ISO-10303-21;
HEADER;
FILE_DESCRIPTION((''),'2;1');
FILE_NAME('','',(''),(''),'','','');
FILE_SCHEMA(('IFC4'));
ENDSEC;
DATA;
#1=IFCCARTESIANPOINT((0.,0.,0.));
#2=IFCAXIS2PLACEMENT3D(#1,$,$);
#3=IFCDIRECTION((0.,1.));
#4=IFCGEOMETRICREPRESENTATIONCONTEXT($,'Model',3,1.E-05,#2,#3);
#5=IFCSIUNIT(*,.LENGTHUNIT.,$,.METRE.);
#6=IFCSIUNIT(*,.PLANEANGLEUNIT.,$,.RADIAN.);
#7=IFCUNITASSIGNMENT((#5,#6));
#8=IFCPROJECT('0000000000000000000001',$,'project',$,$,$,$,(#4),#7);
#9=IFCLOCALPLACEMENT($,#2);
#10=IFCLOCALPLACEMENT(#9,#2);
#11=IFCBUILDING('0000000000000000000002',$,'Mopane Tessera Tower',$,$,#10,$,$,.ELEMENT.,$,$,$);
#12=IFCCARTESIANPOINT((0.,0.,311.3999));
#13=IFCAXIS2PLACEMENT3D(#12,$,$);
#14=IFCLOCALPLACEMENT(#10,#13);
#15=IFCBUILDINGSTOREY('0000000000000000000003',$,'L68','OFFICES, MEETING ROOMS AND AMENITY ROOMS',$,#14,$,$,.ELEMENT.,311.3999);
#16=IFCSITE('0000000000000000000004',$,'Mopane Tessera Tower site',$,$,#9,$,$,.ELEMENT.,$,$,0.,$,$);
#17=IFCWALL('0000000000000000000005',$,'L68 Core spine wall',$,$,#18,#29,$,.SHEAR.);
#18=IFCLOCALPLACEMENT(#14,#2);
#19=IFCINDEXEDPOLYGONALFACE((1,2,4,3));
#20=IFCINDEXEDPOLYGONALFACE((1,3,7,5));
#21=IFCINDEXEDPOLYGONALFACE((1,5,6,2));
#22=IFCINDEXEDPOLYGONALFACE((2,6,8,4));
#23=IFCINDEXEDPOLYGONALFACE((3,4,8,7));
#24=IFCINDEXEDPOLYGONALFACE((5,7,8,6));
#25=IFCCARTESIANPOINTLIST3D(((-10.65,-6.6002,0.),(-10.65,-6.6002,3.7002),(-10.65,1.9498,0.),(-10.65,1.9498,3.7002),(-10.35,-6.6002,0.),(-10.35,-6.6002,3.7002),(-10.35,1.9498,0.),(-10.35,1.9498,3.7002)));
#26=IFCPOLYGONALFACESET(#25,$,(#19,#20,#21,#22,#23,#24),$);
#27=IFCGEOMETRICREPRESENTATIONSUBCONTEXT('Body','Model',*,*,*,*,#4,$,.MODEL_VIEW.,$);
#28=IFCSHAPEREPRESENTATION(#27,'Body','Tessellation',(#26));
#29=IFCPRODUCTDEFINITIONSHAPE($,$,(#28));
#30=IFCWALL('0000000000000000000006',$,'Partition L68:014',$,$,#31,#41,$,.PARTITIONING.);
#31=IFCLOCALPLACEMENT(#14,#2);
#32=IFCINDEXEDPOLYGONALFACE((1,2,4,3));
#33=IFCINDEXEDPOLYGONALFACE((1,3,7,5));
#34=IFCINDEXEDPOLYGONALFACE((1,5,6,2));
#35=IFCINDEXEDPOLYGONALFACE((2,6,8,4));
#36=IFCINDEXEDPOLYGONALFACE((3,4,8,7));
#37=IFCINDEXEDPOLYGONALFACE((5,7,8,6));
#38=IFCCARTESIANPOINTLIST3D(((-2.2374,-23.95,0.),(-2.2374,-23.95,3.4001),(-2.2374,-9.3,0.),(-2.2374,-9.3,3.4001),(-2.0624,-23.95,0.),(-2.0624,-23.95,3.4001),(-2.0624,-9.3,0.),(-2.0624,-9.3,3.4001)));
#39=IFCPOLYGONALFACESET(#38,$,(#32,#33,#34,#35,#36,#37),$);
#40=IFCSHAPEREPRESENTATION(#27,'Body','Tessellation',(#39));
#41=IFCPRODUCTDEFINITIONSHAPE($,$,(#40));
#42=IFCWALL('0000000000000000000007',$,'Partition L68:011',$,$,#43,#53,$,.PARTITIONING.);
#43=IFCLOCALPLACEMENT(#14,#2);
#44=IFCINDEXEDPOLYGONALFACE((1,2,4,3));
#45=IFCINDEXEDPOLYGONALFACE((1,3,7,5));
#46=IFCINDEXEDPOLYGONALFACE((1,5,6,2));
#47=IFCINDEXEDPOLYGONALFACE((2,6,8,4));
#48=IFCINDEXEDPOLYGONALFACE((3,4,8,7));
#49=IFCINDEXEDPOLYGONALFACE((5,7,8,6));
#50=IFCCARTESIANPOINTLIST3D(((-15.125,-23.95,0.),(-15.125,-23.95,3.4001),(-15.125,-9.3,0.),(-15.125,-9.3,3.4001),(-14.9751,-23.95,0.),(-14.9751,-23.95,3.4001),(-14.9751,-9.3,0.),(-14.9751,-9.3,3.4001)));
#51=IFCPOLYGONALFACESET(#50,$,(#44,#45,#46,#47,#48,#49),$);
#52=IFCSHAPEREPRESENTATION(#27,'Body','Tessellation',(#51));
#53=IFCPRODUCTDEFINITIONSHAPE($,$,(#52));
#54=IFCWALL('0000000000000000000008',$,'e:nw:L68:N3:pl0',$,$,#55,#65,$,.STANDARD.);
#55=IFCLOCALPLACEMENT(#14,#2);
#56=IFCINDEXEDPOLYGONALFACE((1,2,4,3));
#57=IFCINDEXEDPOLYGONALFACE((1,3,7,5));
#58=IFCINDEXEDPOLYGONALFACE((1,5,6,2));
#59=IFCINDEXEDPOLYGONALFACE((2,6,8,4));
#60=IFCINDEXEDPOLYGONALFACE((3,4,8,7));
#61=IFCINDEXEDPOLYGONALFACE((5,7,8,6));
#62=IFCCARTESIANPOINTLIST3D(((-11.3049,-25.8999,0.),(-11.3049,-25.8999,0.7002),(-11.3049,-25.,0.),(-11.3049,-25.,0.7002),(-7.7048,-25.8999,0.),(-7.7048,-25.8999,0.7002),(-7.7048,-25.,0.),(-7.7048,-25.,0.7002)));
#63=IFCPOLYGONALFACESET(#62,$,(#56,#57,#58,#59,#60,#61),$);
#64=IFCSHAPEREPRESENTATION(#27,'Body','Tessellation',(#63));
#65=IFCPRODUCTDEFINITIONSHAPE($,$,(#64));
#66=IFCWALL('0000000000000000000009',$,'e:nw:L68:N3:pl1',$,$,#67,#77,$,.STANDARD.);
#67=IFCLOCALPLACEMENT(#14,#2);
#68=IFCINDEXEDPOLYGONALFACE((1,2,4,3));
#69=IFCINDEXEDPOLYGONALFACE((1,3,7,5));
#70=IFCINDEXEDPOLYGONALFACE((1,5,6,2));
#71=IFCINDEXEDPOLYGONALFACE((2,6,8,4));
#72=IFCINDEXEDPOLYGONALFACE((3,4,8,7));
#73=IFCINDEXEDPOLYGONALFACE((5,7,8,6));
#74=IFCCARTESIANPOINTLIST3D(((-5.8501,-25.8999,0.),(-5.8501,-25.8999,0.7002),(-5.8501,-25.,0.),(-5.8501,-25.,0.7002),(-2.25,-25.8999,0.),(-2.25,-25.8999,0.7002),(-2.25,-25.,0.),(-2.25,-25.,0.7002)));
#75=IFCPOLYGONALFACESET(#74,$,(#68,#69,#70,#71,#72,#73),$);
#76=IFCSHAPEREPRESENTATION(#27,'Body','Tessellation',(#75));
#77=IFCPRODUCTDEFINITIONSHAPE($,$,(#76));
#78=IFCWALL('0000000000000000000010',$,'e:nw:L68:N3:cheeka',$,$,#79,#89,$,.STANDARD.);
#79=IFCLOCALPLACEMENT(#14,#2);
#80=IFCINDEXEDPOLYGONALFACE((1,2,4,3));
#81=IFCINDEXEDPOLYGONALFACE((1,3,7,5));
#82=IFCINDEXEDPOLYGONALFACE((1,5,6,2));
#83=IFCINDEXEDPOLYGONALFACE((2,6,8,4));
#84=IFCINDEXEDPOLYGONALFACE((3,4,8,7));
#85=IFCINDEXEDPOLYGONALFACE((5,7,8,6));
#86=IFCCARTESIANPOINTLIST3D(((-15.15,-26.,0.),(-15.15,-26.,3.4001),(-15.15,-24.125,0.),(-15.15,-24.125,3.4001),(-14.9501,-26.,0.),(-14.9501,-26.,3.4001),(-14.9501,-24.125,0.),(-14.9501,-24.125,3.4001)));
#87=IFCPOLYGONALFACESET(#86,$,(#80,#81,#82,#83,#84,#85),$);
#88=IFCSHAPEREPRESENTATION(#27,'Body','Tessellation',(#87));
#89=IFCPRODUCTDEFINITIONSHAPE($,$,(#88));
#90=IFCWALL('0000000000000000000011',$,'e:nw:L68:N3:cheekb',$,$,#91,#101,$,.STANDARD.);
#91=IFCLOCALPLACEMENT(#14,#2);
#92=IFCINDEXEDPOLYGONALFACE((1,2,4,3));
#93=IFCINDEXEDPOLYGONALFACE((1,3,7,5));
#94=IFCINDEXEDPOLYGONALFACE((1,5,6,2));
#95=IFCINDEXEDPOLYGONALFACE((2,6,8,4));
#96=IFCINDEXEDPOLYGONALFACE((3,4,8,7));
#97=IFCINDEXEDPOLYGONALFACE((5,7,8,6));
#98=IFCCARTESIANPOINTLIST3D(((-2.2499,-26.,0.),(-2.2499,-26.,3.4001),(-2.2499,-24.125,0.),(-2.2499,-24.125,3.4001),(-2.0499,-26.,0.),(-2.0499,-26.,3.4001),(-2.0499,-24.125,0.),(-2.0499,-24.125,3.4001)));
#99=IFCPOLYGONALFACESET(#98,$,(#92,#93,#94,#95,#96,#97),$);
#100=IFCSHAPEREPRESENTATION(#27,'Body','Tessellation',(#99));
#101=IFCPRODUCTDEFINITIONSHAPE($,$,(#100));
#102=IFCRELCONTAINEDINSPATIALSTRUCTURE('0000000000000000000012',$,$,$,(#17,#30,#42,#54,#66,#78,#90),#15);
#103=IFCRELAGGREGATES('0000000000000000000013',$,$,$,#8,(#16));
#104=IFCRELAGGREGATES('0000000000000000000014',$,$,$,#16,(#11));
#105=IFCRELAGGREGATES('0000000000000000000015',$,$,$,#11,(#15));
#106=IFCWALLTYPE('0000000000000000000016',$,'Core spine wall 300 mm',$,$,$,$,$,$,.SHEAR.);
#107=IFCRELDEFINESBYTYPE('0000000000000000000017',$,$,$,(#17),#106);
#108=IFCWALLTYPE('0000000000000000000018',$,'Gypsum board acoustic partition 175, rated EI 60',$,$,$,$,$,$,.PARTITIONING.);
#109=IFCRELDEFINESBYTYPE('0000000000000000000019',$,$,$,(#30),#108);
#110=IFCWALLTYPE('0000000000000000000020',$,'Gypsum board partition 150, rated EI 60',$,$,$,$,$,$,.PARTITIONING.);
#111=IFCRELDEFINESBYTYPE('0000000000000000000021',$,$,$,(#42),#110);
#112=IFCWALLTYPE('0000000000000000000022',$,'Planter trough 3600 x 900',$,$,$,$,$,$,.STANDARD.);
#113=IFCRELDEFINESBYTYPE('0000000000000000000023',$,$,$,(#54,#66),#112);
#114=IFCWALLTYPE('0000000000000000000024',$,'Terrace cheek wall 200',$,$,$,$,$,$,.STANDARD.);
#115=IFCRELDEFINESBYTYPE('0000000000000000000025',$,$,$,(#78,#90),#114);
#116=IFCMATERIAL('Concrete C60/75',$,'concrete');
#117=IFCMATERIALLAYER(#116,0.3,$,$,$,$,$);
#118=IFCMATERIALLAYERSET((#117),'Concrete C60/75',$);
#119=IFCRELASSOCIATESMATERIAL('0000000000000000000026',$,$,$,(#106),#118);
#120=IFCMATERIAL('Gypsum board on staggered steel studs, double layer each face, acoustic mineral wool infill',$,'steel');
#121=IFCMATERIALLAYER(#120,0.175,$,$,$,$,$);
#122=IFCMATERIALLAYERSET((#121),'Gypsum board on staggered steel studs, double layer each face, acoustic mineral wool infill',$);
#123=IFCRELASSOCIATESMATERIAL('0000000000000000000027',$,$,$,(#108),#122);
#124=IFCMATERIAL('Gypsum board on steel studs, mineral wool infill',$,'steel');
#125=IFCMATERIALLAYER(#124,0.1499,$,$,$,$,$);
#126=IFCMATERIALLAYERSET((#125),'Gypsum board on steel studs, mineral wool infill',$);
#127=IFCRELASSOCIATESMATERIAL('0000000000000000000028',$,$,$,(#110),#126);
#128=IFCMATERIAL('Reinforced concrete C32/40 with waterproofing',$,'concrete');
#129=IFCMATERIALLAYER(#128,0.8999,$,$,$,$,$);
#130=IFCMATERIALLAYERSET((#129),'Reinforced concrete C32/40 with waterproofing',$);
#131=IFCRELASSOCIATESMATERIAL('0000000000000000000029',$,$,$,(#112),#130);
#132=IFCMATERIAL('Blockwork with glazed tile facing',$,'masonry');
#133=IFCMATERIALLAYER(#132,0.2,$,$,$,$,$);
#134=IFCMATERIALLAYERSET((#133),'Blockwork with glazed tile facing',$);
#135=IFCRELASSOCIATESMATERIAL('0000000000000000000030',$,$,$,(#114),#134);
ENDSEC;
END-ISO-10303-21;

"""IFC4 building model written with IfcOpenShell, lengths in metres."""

from ifc_helpers import new_model, si_unit, direction, frame, frame_2d, origin, place, context, subcontext, project, spatial, rectangle, extrude, material, layer, layer_set, type_object, element, save


model = new_model("IFC4")

# Units and contexts
model_context = context("Model", 3, precision=1e-05, world=origin(), true_north=direction((0.0, 1.0)))
body_context = subcontext(model_context, "Body", "Model", "MODEL_VIEW")
ifc_project = project(units=[si_unit("LENGTHUNIT", "METRE"), si_unit("PLANEANGLEUNIT", "RADIAN")], contexts=[model_context])

# Site, building, storey
site_placement = place(None, origin())
site = spatial("IfcSite", under=ifc_project, at=site_placement, Name="Mopane Tessera Tower site", CompositionType="ELEMENT", RefElevation=0.0)
building_placement = place(site_placement, origin())
building = spatial("IfcBuilding", under=site, at=building_placement, Name="Mopane Tessera Tower", CompositionType="ELEMENT")
storey_placement = place(building_placement, frame((0.0, 0.0, 311.3999)))
storey = spatial("IfcBuildingStorey", under=building, at=storey_placement, Name="L68", Description="OFFICES, MEETING ROOMS AND AMENITY ROOMS", CompositionType="ELEMENT", Elevation=311.3999)

# Walls
ifc_material_1 = material(Name="Concrete C60/75", Category="concrete")
ifc_layer_1 = layer(ifc_material_1, 0.3)
ifc_layer_set_1 = layer_set([ifc_layer_1], Name="Concrete C60/75")
wall_type_1 = type_object("IfcWallType", Name="Core spine wall 300 mm", PredefinedType="SHEAR", material=ifc_layer_set_1)
wall_1_placement = place(storey_placement, frame((-10.5, -6.6001, 0.0), z_axis=(0.0, 0.0, 1.0), x_axis=(0.0, 1.0, 0.0)))
element("IfcWall", 1, at=wall_1_placement, inside=storey, type_object=wall_type_1, Name="L68 Core spine wall", PredefinedType="SHEAR", context=body_context, shape_type="SweptSolid", body=[
    extrude(rectangle(XDim=8.55, YDim=0.3, at=frame_2d((4.2749, 0.0))), origin(), (0.0, 0.0, 1.0), 3.7002),
])
ifc_material_2 = material(Name="Gypsum board on staggered steel studs, double layer each face, acoustic mineral wool infill", Category="steel")
ifc_layer_2 = layer(ifc_material_2, 0.175)
ifc_layer_set_2 = layer_set([ifc_layer_2], Name="Gypsum board on staggered steel studs, double layer each face, acoustic mineral wool infill")
wall_type_2 = type_object("IfcWallType", Name="Gypsum board acoustic partition 175, rated EI 60", PredefinedType="PARTITIONING", material=ifc_layer_set_2)
wall_2_placement = place(storey_placement, frame((-2.1499, -23.95, 0.0), z_axis=(0.0, 0.0, 1.0), x_axis=(0.0, 1.0, 0.0)))
element("IfcWall", 2, at=wall_2_placement, inside=storey, type_object=wall_type_2, Name="Partition L68:014", PredefinedType="PARTITIONING", context=body_context, shape_type="SweptSolid", body=[
    extrude(rectangle(XDim=14.6499, YDim=0.175, at=frame_2d((7.325, 0.0))), origin(), (0.0, 0.0, 1.0), 3.4001),
])
ifc_material_3 = material(Name="Gypsum board on steel studs, mineral wool infill", Category="steel")
ifc_layer_3 = layer(ifc_material_3, 0.1499)
ifc_layer_set_3 = layer_set([ifc_layer_3], Name="Gypsum board on steel studs, mineral wool infill")
wall_type_3 = type_object("IfcWallType", Name="Gypsum board partition 150, rated EI 60", PredefinedType="PARTITIONING", material=ifc_layer_set_3)
wall_3_placement = place(storey_placement, frame((-15.05, -23.95, 0.0), z_axis=(0.0, 0.0, 1.0), x_axis=(0.0, 1.0, 0.0)))
element("IfcWall", 3, at=wall_3_placement, inside=storey, type_object=wall_type_3, Name="Partition L68:011", PredefinedType="PARTITIONING", context=body_context, shape_type="SweptSolid", body=[
    extrude(rectangle(XDim=14.6499, YDim=0.1499, at=frame_2d((7.325, 0.0))), origin(), (0.0, 0.0, 1.0), 3.4001),
])
ifc_material_4 = material(Name="Reinforced concrete C32/40 with waterproofing", Category="concrete")
ifc_layer_4 = layer(ifc_material_4, 0.8999)
ifc_layer_set_4 = layer_set([ifc_layer_4], Name="Reinforced concrete C32/40 with waterproofing")
wall_type_4 = type_object("IfcWallType", Name="Planter trough 3600 x 900", PredefinedType="STANDARD", material=ifc_layer_set_4)
for number, where, z_axis, x_axis, name in (
    (4, (-11.3049, -25.45, 0.0), (0.0, 0.0, 1.0), (1.0, 0.0, 0.0), "e:nw:L68:N3:pl0"),
    (5, (-5.8501, -25.45, 0.0), (0.0, 0.0, 1.0), (1.0, 0.0, 0.0), "e:nw:L68:N3:pl1"),
):
    element("IfcWall", number, at=place(storey_placement, frame(where, z_axis=z_axis, x_axis=x_axis)), inside=storey, type_object=wall_type_4, Name=name, PredefinedType="STANDARD", context=body_context, shape_type="SweptSolid", body=[
        extrude(rectangle(XDim=3.6001, YDim=0.8999, at=frame_2d((1.8, 0.0))), origin(), (0.0, 0.0, 1.0), 0.7002),
    ])
ifc_material_5 = material(Name="Blockwork with glazed tile facing", Category="masonry")
ifc_layer_5 = layer(ifc_material_5, 0.2)
ifc_layer_set_5 = layer_set([ifc_layer_5], Name="Blockwork with glazed tile facing")
wall_type_5 = type_object("IfcWallType", Name="Terrace cheek wall 200", PredefinedType="STANDARD", material=ifc_layer_set_5)
for number, where, z_axis, x_axis, name in (
    (6, (-15.05, -26.0, 0.0), (0.0, 0.0, 1.0), (0.0, 1.0, 0.0), "e:nw:L68:N3:cheeka"),
    (7, (-2.1499, -26.0, 0.0), (0.0, 0.0, 1.0), (0.0, 1.0, 0.0), "e:nw:L68:N3:cheekb"),
):
    element("IfcWall", number, at=place(storey_placement, frame(where, z_axis=z_axis, x_axis=x_axis)), inside=storey, type_object=wall_type_5, Name=name, PredefinedType="STANDARD", context=body_context, shape_type="SweptSolid", body=[
        extrude(rectangle(XDim=1.875, YDim=0.2, at=frame_2d((0.9375, 0.0))), origin(), (0.0, 0.0, 1.0), 3.4001),
    ])

save(model, "model.ifc")
